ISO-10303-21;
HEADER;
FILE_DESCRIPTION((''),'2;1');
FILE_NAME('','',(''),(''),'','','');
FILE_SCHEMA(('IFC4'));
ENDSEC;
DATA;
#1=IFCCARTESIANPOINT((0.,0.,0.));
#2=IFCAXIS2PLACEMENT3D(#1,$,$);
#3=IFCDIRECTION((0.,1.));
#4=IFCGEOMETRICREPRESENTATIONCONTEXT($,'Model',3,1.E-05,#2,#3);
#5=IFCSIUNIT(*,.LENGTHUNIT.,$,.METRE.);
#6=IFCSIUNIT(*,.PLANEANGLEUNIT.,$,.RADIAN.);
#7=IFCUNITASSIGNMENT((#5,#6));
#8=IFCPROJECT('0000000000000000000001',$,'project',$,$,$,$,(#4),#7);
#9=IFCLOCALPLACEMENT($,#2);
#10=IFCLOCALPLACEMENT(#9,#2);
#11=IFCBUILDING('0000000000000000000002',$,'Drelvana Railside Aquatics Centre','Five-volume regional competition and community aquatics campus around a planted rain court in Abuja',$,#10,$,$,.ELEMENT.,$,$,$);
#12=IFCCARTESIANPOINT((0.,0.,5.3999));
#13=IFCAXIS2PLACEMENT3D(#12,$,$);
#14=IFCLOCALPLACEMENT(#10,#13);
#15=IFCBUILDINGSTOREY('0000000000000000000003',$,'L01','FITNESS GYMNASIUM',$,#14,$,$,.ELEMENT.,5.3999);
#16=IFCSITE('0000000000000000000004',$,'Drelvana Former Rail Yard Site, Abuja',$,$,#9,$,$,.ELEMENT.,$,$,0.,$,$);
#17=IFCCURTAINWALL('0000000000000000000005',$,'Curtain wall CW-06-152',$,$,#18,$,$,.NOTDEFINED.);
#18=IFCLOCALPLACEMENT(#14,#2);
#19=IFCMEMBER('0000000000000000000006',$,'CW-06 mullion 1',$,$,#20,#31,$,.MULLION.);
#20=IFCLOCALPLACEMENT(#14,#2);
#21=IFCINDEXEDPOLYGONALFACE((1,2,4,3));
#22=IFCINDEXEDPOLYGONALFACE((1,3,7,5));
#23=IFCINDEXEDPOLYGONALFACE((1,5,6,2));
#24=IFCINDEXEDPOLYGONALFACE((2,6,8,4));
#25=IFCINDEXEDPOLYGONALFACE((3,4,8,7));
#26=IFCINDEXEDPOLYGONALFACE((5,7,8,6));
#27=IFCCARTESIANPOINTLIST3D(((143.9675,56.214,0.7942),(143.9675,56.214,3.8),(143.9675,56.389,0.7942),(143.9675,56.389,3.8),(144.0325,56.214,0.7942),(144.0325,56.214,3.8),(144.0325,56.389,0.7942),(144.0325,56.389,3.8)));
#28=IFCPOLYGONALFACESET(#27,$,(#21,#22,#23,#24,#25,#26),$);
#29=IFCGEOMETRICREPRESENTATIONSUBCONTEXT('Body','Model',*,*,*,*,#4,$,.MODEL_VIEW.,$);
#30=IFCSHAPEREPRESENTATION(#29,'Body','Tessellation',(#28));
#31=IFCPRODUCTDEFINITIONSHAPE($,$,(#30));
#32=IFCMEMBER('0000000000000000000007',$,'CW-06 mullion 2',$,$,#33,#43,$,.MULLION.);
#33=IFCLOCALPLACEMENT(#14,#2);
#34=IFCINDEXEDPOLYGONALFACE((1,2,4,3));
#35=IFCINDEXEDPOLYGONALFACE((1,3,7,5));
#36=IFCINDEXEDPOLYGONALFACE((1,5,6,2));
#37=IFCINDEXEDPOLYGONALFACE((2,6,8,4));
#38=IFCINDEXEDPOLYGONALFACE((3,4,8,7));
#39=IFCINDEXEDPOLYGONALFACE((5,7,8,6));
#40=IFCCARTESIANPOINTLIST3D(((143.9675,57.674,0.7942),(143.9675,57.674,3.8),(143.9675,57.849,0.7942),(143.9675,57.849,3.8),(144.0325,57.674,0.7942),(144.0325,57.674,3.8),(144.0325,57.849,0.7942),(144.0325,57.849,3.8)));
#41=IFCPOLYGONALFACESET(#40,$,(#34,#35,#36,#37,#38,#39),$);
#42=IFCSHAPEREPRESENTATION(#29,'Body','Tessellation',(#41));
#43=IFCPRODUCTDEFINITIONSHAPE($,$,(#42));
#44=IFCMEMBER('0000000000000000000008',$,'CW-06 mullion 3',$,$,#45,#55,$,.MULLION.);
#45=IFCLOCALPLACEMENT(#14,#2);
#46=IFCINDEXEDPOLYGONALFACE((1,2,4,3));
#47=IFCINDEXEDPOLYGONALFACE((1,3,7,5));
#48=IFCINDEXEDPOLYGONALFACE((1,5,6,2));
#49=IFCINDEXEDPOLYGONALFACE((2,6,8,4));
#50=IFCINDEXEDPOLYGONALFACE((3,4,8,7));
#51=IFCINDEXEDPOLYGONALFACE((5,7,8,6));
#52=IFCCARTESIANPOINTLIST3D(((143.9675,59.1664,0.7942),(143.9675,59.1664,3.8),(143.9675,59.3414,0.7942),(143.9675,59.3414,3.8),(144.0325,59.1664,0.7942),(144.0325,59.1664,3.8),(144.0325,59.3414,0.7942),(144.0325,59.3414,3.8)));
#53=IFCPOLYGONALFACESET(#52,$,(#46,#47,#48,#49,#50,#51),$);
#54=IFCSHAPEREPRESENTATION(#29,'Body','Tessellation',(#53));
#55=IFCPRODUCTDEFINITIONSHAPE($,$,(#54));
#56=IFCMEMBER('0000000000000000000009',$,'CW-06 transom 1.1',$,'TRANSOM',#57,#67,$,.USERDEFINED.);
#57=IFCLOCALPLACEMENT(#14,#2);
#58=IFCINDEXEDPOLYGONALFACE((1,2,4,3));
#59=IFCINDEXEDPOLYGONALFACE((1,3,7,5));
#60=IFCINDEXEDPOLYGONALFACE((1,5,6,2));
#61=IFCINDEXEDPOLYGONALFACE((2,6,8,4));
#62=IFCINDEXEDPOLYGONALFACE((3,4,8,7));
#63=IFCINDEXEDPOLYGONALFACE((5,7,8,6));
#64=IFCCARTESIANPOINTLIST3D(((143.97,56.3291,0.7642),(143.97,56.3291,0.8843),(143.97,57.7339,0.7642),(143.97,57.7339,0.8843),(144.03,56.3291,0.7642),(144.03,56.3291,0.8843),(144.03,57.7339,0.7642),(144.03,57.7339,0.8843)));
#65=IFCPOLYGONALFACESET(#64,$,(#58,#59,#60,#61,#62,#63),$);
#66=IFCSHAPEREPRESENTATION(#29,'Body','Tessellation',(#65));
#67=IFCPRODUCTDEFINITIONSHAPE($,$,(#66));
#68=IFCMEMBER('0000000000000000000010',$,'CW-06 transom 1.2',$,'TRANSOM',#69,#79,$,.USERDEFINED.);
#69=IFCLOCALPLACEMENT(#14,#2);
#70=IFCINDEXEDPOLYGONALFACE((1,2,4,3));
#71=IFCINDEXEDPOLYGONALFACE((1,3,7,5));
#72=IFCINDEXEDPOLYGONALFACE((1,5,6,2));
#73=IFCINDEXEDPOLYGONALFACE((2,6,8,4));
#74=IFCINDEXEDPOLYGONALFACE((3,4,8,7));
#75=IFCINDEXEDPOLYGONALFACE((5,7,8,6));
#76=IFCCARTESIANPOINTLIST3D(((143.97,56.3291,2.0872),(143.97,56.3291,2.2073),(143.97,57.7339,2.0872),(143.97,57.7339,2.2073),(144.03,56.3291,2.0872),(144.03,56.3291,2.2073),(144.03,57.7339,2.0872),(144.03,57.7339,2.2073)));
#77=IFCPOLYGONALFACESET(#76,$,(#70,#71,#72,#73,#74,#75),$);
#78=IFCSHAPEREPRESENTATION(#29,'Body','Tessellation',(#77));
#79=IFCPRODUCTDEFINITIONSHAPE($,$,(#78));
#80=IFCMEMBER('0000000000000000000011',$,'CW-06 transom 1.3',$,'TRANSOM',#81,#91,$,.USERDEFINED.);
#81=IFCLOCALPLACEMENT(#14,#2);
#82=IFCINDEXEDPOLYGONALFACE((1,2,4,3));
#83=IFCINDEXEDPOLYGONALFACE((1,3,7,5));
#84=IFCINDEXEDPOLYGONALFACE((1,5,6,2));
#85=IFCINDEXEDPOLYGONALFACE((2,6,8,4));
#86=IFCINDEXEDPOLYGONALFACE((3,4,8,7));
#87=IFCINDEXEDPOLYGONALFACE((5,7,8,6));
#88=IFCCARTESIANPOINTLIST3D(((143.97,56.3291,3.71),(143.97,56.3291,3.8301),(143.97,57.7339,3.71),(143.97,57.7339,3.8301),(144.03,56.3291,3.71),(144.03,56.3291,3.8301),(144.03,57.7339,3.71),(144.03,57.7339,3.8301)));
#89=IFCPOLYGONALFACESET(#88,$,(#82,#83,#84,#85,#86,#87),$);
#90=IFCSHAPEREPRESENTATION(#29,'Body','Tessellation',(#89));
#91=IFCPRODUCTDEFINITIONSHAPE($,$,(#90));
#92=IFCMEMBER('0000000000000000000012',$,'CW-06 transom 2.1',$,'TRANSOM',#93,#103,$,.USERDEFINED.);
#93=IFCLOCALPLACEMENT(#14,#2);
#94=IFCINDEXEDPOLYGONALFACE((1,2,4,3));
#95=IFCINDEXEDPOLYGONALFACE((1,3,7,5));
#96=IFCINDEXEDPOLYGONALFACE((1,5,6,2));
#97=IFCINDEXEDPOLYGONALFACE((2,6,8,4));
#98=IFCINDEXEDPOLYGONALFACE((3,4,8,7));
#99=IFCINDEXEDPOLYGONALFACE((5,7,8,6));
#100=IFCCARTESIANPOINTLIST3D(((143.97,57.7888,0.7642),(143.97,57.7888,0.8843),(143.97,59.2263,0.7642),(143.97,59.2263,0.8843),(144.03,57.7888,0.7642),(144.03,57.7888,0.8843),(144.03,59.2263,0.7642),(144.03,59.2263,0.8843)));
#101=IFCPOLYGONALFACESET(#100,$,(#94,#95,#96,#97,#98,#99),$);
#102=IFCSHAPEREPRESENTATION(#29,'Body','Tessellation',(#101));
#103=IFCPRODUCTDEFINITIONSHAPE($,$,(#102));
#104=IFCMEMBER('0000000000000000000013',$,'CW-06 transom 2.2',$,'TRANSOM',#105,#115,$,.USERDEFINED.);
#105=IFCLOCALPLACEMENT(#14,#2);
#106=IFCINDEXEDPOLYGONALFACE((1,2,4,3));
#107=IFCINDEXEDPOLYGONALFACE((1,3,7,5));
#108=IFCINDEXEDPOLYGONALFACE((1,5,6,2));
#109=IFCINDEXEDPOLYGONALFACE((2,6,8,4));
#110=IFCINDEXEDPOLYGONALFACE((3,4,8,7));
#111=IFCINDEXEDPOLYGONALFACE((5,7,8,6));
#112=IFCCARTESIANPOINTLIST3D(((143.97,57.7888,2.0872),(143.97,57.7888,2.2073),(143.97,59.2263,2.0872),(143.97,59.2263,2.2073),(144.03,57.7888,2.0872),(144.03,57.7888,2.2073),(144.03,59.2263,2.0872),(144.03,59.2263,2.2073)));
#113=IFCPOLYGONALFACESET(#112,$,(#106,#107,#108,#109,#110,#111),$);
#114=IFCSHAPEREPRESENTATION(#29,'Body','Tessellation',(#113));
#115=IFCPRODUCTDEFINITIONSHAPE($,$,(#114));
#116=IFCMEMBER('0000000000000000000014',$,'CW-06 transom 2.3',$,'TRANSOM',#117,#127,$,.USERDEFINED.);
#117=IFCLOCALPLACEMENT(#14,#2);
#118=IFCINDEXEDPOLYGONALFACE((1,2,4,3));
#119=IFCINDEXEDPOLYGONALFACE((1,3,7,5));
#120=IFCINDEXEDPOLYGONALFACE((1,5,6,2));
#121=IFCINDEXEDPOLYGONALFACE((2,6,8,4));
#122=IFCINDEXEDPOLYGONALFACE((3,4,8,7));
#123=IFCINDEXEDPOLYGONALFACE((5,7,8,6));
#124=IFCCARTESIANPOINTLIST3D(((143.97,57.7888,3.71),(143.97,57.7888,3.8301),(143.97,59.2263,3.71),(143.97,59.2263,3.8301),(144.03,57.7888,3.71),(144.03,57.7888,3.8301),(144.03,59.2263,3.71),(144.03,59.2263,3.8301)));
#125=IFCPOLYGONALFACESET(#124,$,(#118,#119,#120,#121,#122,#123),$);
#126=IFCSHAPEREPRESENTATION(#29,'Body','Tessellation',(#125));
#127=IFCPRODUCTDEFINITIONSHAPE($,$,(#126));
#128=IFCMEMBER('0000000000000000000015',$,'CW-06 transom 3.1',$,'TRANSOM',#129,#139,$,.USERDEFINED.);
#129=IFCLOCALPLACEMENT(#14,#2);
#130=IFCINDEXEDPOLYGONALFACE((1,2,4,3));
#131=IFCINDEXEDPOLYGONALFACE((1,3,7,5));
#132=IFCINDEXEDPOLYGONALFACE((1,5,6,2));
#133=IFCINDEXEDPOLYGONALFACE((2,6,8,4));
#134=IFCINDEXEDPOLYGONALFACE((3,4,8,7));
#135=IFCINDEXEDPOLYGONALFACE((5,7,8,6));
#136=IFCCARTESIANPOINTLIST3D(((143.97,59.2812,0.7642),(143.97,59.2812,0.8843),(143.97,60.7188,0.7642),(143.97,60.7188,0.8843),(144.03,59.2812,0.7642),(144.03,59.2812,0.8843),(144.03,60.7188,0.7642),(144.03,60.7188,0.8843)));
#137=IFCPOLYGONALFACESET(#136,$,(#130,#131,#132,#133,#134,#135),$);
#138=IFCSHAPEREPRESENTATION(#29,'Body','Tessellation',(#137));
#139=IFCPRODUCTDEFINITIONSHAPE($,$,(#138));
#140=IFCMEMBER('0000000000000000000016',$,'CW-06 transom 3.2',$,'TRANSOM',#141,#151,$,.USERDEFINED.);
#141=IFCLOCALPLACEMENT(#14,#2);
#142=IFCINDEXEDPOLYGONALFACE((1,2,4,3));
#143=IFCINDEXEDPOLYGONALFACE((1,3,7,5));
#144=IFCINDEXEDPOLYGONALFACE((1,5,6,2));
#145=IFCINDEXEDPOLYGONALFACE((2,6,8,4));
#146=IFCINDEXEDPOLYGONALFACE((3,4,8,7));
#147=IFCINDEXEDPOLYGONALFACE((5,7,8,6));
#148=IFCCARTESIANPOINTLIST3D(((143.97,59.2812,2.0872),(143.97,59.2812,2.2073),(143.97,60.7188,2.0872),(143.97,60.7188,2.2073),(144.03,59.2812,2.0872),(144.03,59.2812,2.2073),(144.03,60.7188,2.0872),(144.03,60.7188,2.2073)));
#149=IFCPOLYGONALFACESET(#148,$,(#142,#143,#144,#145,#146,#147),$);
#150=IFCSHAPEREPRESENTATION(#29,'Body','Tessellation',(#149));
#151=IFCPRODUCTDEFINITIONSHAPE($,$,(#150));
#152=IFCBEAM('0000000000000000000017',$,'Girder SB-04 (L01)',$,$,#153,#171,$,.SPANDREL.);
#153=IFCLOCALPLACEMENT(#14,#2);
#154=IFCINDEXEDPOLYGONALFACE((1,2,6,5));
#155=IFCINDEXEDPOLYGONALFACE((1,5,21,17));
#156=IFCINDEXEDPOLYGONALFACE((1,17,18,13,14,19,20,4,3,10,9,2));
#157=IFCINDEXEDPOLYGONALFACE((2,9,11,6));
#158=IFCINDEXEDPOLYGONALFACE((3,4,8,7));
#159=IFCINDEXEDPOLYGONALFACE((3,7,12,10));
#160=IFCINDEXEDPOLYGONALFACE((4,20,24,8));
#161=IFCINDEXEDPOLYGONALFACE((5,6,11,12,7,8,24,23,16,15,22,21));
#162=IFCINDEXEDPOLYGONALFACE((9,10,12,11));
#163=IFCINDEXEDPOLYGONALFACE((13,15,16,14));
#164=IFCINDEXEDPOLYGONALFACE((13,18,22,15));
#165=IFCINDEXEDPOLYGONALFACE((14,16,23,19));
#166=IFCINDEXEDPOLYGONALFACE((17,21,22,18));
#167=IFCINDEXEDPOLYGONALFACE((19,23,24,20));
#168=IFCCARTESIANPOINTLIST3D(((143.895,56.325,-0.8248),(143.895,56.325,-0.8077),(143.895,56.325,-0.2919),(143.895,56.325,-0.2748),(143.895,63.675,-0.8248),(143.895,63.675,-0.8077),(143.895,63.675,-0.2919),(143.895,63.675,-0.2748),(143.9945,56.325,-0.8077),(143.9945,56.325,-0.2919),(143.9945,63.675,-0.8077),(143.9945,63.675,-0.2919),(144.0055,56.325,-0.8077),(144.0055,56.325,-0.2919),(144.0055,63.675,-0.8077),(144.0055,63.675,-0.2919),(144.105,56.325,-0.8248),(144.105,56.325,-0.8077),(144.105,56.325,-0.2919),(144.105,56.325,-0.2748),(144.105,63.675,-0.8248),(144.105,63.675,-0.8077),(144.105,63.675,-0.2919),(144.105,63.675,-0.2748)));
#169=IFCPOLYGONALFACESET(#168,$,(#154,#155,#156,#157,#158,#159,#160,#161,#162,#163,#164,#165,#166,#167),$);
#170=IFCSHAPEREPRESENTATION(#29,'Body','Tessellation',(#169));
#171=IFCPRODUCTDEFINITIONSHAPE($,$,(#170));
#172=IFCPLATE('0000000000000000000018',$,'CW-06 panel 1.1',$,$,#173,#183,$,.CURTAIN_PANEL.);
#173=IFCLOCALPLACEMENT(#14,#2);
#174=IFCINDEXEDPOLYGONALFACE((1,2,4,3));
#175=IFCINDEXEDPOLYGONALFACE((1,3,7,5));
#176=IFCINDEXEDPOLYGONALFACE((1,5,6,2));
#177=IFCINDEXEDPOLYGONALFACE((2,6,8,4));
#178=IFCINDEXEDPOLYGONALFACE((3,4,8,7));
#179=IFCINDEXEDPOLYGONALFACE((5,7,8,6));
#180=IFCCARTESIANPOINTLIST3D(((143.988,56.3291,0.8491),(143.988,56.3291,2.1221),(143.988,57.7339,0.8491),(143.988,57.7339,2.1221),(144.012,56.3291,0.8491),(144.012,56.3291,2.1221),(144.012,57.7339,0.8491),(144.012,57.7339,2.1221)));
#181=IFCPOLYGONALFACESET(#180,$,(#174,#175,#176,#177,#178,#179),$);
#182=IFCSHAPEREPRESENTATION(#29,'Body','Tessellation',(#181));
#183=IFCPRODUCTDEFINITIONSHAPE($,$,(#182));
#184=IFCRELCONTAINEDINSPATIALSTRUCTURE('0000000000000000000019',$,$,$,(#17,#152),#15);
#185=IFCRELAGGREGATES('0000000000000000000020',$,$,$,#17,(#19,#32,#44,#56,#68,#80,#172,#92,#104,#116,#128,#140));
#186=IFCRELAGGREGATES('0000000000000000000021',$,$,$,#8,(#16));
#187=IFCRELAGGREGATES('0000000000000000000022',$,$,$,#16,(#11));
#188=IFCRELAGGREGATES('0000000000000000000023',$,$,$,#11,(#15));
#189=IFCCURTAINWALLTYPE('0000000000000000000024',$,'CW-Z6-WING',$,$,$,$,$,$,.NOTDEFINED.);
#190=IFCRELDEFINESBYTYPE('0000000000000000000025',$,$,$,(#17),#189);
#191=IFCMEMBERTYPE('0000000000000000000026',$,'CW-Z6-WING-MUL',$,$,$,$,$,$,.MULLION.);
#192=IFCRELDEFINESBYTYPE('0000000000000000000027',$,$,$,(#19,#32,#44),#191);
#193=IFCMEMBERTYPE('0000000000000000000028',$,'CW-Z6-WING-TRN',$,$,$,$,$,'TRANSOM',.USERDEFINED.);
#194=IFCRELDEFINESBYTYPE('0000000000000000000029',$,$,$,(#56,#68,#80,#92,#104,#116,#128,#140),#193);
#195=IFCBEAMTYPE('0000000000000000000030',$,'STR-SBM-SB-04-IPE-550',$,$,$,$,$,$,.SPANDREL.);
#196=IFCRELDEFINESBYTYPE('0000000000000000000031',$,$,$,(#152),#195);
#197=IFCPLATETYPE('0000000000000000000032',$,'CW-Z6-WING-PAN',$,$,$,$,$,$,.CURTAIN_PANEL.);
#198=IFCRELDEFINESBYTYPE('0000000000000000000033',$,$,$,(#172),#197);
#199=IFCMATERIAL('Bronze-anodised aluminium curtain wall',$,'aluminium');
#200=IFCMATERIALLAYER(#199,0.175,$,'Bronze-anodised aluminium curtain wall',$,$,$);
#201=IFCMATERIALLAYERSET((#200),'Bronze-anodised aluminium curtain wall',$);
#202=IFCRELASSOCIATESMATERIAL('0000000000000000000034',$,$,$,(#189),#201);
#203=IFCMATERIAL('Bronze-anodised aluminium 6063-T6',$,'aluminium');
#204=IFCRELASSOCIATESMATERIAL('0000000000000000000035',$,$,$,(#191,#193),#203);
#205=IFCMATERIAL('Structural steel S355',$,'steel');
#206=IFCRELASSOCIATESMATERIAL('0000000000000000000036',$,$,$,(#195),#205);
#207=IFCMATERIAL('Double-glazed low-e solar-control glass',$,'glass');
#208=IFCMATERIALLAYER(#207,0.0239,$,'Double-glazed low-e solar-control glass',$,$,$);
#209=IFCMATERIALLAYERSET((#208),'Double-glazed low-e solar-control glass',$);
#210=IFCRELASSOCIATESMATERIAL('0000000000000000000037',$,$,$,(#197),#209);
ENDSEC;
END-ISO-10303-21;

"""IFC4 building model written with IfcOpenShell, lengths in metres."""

from ifc_helpers import new_model, si_unit, direction, frame, origin, origin_2d, place, context, subcontext, project, spatial, rectangle, i_section, extrude, material, layer, layer_set, material_profile, profile_set, type_object, element, aggregate, save


model = new_model("IFC4")

# Units and contexts
model_context = context("Model", 3, precision=1e-05, world=origin(), true_north=direction((0.0, 1.0)))
body_context = subcontext(model_context, "Body", "Model", "MODEL_VIEW")
ifc_project = project(units=[si_unit("LENGTHUNIT", "METRE"), si_unit("PLANEANGLEUNIT", "RADIAN")], contexts=[model_context])

# Site, building, storey
site_placement = place(None, origin())
site = spatial("IfcSite", under=ifc_project, at=site_placement, Name="Drelvana Former Rail Yard Site, Abuja", CompositionType="ELEMENT", RefElevation=0.0)
building_placement = place(site_placement, origin())
building = spatial("IfcBuilding", under=site, at=building_placement, Name="Drelvana Railside Aquatics Centre", Description="Five-volume regional competition and community aquatics campus around a planted rain court in Abuja", CompositionType="ELEMENT")
storey_placement = place(building_placement, frame((0.0, 0.0, 5.3999)))
storey = spatial("IfcBuildingStorey", under=building, at=storey_placement, Name="L01", Description="FITNESS GYMNASIUM", CompositionType="ELEMENT", Elevation=5.3999)

# Curtain wall, members
ifc_material_1 = material(Name="Bronze-anodised aluminium curtain wall", Category="aluminium")
ifc_layer_1 = layer(ifc_material_1, 0.175, Name="Bronze-anodised aluminium curtain wall")
ifc_layer_set_1 = layer_set([ifc_layer_1], Name="Bronze-anodised aluminium curtain wall")
curtain_wall_type = type_object("IfcCurtainWallType", Name="CW-Z6-WING", PredefinedType="NOTDEFINED", material=ifc_layer_set_1)
curtain_wall_placement = place(storey_placement, origin())
curtain_wall = element("IfcCurtainWall", 1, at=curtain_wall_placement, inside=storey, type_object=curtain_wall_type, Name="Curtain wall CW-06-152", PredefinedType="NOTDEFINED")
ifc_material_2 = material(Name="Bronze-anodised aluminium 6063-T6", Category="aluminium")
ifc_material_profile_1 = material_profile(ifc_material_2, rectangle(XDim=0.0649, YDim=0.175, at=origin_2d()), Name="ALU-M 65x175")
ifc_profile_set_1 = profile_set([ifc_material_profile_1], Name="Bronze-anodised aluminium 6063-T6")
member_type_1 = type_object("IfcMemberType", Name="CW-Z6-WING-MUL", PredefinedType="MULLION", material=ifc_profile_set_1)
member_1_placement = place(storey_placement, frame((144.0, 56.3015, 0.7942), z_axis=(0.0, 0.0, 1.0), x_axis=(-1.0, 0.0, 0.0)))
member_1 = element("IfcMember", 2, at=member_1_placement, type_object=member_type_1, Name="CW-06 mullion 1", PredefinedType="MULLION", context=body_context, shape_type="SweptSolid", body=[
    extrude(rectangle(XDim=0.0649, YDim=0.175, at=origin_2d()), origin(), (0.0, 0.0, 1.0), 3.0059),
])
member_2_placement = place(storey_placement, frame((144.0, 57.7615, 0.7942), z_axis=(0.0, 0.0, 1.0), x_axis=(-1.0, 0.0, 0.0)))
member_2 = element("IfcMember", 3, at=member_2_placement, type_object=member_type_1, Name="CW-06 mullion 2", PredefinedType="MULLION", context=body_context, shape_type="SweptSolid", body=[
    extrude(rectangle(XDim=0.0649, YDim=0.175, at=origin_2d()), origin(), (0.0, 0.0, 1.0), 3.0059),
])
member_3_placement = place(storey_placement, frame((144.0, 59.2539, 0.7942), z_axis=(0.0, 0.0, 1.0), x_axis=(-1.0, 0.0, 0.0)))
member_3 = element("IfcMember", 4, at=member_3_placement, type_object=member_type_1, Name="CW-06 mullion 3", PredefinedType="MULLION", context=body_context, shape_type="SweptSolid", body=[
    extrude(rectangle(XDim=0.0649, YDim=0.175, at=origin_2d()), origin(), (0.0, 0.0, 1.0), 3.0059),
])
ifc_material_profile_2 = material_profile(ifc_material_2, rectangle(XDim=0.1201, YDim=0.0601, at=origin_2d()), Name="ALU-T 60x120")
ifc_profile_set_2 = profile_set([ifc_material_profile_2], Name="Bronze-anodised aluminium 6063-T6")
member_type_2 = type_object("IfcMemberType", Name="CW-Z6-WING-TRN", ElementType="TRANSOM", PredefinedType="USERDEFINED", material=ifc_profile_set_2)
member_4_placement = place(storey_placement, frame((144.0, 56.3291, 0.8242), z_axis=(0.0, 1.0, 0.0), x_axis=(0.0, 0.0, 1.0)))
member_4 = element("IfcMember", 5, at=member_4_placement, type_object=member_type_2, Name="CW-06 transom 1.1", ObjectType="TRANSOM", PredefinedType="USERDEFINED", context=body_context, shape_type="SweptSolid", body=[
    extrude(rectangle(XDim=0.1201, YDim=0.0601, at=origin_2d()), origin(), (0.0, 0.0, 1.0), 1.4048),
])
member_5_placement = place(storey_placement, frame((144.0, 56.3291, 2.1472), z_axis=(0.0, 1.0, 0.0), x_axis=(0.0, 0.0, 1.0)))
member_5 = element("IfcMember", 6, at=member_5_placement, type_object=member_type_2, Name="CW-06 transom 1.2", ObjectType="TRANSOM", PredefinedType="USERDEFINED", context=body_context, shape_type="SweptSolid", body=[
    extrude(rectangle(XDim=0.1201, YDim=0.0601, at=origin_2d()), origin(), (0.0, 0.0, 1.0), 1.4048),
])
member_6_placement = place(storey_placement, frame((144.0, 56.3291, 3.77), z_axis=(0.0, 1.0, 0.0), x_axis=(0.0, 0.0, 1.0)))
member_6 = element("IfcMember", 7, at=member_6_placement, type_object=member_type_2, Name="CW-06 transom 1.3", ObjectType="TRANSOM", PredefinedType="USERDEFINED", context=body_context, shape_type="SweptSolid", body=[
    extrude(rectangle(XDim=0.1201, YDim=0.0601, at=origin_2d()), origin(), (0.0, 0.0, 1.0), 1.4048),
])
member_7_placement = place(storey_placement, frame((144.0, 57.7888, 0.8242), z_axis=(0.0, 1.0, 0.0), x_axis=(0.0, 0.0, 1.0)))
member_7 = element("IfcMember", 8, at=member_7_placement, type_object=member_type_2, Name="CW-06 transom 2.1", ObjectType="TRANSOM", PredefinedType="USERDEFINED", context=body_context, shape_type="SweptSolid", body=[
    extrude(rectangle(XDim=0.1201, YDim=0.0601, at=origin_2d()), origin(), (0.0, 0.0, 1.0), 1.4375),
])
member_8_placement = place(storey_placement, frame((144.0, 57.7888, 2.1472), z_axis=(0.0, 1.0, 0.0), x_axis=(0.0, 0.0, 1.0)))
member_8 = element("IfcMember", 9, at=member_8_placement, type_object=member_type_2, Name="CW-06 transom 2.2", ObjectType="TRANSOM", PredefinedType="USERDEFINED", context=body_context, shape_type="SweptSolid", body=[
    extrude(rectangle(XDim=0.1201, YDim=0.0601, at=origin_2d()), origin(), (0.0, 0.0, 1.0), 1.4375),
])
member_9_placement = place(storey_placement, frame((144.0, 57.7888, 3.77), z_axis=(0.0, 1.0, 0.0), x_axis=(0.0, 0.0, 1.0)))
member_9 = element("IfcMember", 10, at=member_9_placement, type_object=member_type_2, Name="CW-06 transom 2.3", ObjectType="TRANSOM", PredefinedType="USERDEFINED", context=body_context, shape_type="SweptSolid", body=[
    extrude(rectangle(XDim=0.1201, YDim=0.0601, at=origin_2d()), origin(), (0.0, 0.0, 1.0), 1.4375),
])
member_10_placement = place(storey_placement, frame((144.0, 59.2812, 0.8242), z_axis=(0.0, 1.0, 0.0), x_axis=(0.0, 0.0, 1.0)))
member_10 = element("IfcMember", 11, at=member_10_placement, type_object=member_type_2, Name="CW-06 transom 3.1", ObjectType="TRANSOM", PredefinedType="USERDEFINED", context=body_context, shape_type="SweptSolid", body=[
    extrude(rectangle(XDim=0.1201, YDim=0.0601, at=origin_2d()), origin(), (0.0, 0.0, 1.0), 1.4375),
])
member_11_placement = place(storey_placement, frame((144.0, 59.2812, 2.1472), z_axis=(0.0, 1.0, 0.0), x_axis=(0.0, 0.0, 1.0)))
member_11 = element("IfcMember", 12, at=member_11_placement, type_object=member_type_2, Name="CW-06 transom 3.2", ObjectType="TRANSOM", PredefinedType="USERDEFINED", context=body_context, shape_type="SweptSolid", body=[
    extrude(rectangle(XDim=0.1201, YDim=0.0601, at=origin_2d()), origin(), (0.0, 0.0, 1.0), 1.4375),
])

# Beam
ifc_material_3 = material(Name="Structural steel S355", Category="steel")
ifc_material_profile_3 = material_profile(ifc_material_3, i_section(OverallWidth=0.21, OverallDepth=0.55, WebThickness=0.011, FlangeThickness=0.0171, at=origin_2d()), Name="IPE 550")
ifc_profile_set_3 = profile_set([ifc_material_profile_3], Name="Structural steel S355")
beam_type = type_object("IfcBeamType", Name="STR-SBM-SB-04-IPE-550", PredefinedType="SPANDREL", material=ifc_profile_set_3)
beam_placement = place(storey_placement, frame((144.0, 56.325, -0.5498), z_axis=(0.0, 1.0, 0.0), x_axis=(-1.0, 0.0, 0.0)))
element("IfcBeam", 13, at=beam_placement, inside=storey, type_object=beam_type, Name="Girder SB-04 (L01)", PredefinedType="SPANDREL", context=body_context, shape_type="SweptSolid", body=[
    extrude(i_section(OverallWidth=0.21, OverallDepth=0.55, WebThickness=0.011, FlangeThickness=0.0171, at=origin_2d()), origin(), (0.0, 0.0, 1.0), 7.3501),
])

# Plate
ifc_material_4 = material(Name="Double-glazed low-e solar-control glass", Category="glass")
ifc_layer_2 = layer(ifc_material_4, 0.0239, Name="Double-glazed low-e solar-control glass")
ifc_layer_set_2 = layer_set([ifc_layer_2], Name="Double-glazed low-e solar-control glass")
plate_type = type_object("IfcPlateType", Name="CW-Z6-WING-PAN", PredefinedType="CURTAIN_PANEL", material=ifc_layer_set_2)
plate_1_placement = place(storey_placement, frame((144.0, 57.0315, 0.8491), z_axis=(0.0, 0.0, 1.0), x_axis=(0.0, 1.0, 0.0)))
plate_1 = element("IfcPlate", 14, at=plate_1_placement, type_object=plate_type, Name="CW-06 panel 1.1", PredefinedType="CURTAIN_PANEL", context=body_context, shape_type="SweptSolid", body=[
    extrude(rectangle(XDim=1.4048, YDim=0.0239, at=origin_2d()), origin(), (0.0, 0.0, 1.0), 1.2729),
])
aggregate(curtain_wall, [member_1, member_2, member_3, member_4, member_5, member_6, plate_1, member_7, member_8, member_9, member_10, member_11])

save(model, "model.ifc")
